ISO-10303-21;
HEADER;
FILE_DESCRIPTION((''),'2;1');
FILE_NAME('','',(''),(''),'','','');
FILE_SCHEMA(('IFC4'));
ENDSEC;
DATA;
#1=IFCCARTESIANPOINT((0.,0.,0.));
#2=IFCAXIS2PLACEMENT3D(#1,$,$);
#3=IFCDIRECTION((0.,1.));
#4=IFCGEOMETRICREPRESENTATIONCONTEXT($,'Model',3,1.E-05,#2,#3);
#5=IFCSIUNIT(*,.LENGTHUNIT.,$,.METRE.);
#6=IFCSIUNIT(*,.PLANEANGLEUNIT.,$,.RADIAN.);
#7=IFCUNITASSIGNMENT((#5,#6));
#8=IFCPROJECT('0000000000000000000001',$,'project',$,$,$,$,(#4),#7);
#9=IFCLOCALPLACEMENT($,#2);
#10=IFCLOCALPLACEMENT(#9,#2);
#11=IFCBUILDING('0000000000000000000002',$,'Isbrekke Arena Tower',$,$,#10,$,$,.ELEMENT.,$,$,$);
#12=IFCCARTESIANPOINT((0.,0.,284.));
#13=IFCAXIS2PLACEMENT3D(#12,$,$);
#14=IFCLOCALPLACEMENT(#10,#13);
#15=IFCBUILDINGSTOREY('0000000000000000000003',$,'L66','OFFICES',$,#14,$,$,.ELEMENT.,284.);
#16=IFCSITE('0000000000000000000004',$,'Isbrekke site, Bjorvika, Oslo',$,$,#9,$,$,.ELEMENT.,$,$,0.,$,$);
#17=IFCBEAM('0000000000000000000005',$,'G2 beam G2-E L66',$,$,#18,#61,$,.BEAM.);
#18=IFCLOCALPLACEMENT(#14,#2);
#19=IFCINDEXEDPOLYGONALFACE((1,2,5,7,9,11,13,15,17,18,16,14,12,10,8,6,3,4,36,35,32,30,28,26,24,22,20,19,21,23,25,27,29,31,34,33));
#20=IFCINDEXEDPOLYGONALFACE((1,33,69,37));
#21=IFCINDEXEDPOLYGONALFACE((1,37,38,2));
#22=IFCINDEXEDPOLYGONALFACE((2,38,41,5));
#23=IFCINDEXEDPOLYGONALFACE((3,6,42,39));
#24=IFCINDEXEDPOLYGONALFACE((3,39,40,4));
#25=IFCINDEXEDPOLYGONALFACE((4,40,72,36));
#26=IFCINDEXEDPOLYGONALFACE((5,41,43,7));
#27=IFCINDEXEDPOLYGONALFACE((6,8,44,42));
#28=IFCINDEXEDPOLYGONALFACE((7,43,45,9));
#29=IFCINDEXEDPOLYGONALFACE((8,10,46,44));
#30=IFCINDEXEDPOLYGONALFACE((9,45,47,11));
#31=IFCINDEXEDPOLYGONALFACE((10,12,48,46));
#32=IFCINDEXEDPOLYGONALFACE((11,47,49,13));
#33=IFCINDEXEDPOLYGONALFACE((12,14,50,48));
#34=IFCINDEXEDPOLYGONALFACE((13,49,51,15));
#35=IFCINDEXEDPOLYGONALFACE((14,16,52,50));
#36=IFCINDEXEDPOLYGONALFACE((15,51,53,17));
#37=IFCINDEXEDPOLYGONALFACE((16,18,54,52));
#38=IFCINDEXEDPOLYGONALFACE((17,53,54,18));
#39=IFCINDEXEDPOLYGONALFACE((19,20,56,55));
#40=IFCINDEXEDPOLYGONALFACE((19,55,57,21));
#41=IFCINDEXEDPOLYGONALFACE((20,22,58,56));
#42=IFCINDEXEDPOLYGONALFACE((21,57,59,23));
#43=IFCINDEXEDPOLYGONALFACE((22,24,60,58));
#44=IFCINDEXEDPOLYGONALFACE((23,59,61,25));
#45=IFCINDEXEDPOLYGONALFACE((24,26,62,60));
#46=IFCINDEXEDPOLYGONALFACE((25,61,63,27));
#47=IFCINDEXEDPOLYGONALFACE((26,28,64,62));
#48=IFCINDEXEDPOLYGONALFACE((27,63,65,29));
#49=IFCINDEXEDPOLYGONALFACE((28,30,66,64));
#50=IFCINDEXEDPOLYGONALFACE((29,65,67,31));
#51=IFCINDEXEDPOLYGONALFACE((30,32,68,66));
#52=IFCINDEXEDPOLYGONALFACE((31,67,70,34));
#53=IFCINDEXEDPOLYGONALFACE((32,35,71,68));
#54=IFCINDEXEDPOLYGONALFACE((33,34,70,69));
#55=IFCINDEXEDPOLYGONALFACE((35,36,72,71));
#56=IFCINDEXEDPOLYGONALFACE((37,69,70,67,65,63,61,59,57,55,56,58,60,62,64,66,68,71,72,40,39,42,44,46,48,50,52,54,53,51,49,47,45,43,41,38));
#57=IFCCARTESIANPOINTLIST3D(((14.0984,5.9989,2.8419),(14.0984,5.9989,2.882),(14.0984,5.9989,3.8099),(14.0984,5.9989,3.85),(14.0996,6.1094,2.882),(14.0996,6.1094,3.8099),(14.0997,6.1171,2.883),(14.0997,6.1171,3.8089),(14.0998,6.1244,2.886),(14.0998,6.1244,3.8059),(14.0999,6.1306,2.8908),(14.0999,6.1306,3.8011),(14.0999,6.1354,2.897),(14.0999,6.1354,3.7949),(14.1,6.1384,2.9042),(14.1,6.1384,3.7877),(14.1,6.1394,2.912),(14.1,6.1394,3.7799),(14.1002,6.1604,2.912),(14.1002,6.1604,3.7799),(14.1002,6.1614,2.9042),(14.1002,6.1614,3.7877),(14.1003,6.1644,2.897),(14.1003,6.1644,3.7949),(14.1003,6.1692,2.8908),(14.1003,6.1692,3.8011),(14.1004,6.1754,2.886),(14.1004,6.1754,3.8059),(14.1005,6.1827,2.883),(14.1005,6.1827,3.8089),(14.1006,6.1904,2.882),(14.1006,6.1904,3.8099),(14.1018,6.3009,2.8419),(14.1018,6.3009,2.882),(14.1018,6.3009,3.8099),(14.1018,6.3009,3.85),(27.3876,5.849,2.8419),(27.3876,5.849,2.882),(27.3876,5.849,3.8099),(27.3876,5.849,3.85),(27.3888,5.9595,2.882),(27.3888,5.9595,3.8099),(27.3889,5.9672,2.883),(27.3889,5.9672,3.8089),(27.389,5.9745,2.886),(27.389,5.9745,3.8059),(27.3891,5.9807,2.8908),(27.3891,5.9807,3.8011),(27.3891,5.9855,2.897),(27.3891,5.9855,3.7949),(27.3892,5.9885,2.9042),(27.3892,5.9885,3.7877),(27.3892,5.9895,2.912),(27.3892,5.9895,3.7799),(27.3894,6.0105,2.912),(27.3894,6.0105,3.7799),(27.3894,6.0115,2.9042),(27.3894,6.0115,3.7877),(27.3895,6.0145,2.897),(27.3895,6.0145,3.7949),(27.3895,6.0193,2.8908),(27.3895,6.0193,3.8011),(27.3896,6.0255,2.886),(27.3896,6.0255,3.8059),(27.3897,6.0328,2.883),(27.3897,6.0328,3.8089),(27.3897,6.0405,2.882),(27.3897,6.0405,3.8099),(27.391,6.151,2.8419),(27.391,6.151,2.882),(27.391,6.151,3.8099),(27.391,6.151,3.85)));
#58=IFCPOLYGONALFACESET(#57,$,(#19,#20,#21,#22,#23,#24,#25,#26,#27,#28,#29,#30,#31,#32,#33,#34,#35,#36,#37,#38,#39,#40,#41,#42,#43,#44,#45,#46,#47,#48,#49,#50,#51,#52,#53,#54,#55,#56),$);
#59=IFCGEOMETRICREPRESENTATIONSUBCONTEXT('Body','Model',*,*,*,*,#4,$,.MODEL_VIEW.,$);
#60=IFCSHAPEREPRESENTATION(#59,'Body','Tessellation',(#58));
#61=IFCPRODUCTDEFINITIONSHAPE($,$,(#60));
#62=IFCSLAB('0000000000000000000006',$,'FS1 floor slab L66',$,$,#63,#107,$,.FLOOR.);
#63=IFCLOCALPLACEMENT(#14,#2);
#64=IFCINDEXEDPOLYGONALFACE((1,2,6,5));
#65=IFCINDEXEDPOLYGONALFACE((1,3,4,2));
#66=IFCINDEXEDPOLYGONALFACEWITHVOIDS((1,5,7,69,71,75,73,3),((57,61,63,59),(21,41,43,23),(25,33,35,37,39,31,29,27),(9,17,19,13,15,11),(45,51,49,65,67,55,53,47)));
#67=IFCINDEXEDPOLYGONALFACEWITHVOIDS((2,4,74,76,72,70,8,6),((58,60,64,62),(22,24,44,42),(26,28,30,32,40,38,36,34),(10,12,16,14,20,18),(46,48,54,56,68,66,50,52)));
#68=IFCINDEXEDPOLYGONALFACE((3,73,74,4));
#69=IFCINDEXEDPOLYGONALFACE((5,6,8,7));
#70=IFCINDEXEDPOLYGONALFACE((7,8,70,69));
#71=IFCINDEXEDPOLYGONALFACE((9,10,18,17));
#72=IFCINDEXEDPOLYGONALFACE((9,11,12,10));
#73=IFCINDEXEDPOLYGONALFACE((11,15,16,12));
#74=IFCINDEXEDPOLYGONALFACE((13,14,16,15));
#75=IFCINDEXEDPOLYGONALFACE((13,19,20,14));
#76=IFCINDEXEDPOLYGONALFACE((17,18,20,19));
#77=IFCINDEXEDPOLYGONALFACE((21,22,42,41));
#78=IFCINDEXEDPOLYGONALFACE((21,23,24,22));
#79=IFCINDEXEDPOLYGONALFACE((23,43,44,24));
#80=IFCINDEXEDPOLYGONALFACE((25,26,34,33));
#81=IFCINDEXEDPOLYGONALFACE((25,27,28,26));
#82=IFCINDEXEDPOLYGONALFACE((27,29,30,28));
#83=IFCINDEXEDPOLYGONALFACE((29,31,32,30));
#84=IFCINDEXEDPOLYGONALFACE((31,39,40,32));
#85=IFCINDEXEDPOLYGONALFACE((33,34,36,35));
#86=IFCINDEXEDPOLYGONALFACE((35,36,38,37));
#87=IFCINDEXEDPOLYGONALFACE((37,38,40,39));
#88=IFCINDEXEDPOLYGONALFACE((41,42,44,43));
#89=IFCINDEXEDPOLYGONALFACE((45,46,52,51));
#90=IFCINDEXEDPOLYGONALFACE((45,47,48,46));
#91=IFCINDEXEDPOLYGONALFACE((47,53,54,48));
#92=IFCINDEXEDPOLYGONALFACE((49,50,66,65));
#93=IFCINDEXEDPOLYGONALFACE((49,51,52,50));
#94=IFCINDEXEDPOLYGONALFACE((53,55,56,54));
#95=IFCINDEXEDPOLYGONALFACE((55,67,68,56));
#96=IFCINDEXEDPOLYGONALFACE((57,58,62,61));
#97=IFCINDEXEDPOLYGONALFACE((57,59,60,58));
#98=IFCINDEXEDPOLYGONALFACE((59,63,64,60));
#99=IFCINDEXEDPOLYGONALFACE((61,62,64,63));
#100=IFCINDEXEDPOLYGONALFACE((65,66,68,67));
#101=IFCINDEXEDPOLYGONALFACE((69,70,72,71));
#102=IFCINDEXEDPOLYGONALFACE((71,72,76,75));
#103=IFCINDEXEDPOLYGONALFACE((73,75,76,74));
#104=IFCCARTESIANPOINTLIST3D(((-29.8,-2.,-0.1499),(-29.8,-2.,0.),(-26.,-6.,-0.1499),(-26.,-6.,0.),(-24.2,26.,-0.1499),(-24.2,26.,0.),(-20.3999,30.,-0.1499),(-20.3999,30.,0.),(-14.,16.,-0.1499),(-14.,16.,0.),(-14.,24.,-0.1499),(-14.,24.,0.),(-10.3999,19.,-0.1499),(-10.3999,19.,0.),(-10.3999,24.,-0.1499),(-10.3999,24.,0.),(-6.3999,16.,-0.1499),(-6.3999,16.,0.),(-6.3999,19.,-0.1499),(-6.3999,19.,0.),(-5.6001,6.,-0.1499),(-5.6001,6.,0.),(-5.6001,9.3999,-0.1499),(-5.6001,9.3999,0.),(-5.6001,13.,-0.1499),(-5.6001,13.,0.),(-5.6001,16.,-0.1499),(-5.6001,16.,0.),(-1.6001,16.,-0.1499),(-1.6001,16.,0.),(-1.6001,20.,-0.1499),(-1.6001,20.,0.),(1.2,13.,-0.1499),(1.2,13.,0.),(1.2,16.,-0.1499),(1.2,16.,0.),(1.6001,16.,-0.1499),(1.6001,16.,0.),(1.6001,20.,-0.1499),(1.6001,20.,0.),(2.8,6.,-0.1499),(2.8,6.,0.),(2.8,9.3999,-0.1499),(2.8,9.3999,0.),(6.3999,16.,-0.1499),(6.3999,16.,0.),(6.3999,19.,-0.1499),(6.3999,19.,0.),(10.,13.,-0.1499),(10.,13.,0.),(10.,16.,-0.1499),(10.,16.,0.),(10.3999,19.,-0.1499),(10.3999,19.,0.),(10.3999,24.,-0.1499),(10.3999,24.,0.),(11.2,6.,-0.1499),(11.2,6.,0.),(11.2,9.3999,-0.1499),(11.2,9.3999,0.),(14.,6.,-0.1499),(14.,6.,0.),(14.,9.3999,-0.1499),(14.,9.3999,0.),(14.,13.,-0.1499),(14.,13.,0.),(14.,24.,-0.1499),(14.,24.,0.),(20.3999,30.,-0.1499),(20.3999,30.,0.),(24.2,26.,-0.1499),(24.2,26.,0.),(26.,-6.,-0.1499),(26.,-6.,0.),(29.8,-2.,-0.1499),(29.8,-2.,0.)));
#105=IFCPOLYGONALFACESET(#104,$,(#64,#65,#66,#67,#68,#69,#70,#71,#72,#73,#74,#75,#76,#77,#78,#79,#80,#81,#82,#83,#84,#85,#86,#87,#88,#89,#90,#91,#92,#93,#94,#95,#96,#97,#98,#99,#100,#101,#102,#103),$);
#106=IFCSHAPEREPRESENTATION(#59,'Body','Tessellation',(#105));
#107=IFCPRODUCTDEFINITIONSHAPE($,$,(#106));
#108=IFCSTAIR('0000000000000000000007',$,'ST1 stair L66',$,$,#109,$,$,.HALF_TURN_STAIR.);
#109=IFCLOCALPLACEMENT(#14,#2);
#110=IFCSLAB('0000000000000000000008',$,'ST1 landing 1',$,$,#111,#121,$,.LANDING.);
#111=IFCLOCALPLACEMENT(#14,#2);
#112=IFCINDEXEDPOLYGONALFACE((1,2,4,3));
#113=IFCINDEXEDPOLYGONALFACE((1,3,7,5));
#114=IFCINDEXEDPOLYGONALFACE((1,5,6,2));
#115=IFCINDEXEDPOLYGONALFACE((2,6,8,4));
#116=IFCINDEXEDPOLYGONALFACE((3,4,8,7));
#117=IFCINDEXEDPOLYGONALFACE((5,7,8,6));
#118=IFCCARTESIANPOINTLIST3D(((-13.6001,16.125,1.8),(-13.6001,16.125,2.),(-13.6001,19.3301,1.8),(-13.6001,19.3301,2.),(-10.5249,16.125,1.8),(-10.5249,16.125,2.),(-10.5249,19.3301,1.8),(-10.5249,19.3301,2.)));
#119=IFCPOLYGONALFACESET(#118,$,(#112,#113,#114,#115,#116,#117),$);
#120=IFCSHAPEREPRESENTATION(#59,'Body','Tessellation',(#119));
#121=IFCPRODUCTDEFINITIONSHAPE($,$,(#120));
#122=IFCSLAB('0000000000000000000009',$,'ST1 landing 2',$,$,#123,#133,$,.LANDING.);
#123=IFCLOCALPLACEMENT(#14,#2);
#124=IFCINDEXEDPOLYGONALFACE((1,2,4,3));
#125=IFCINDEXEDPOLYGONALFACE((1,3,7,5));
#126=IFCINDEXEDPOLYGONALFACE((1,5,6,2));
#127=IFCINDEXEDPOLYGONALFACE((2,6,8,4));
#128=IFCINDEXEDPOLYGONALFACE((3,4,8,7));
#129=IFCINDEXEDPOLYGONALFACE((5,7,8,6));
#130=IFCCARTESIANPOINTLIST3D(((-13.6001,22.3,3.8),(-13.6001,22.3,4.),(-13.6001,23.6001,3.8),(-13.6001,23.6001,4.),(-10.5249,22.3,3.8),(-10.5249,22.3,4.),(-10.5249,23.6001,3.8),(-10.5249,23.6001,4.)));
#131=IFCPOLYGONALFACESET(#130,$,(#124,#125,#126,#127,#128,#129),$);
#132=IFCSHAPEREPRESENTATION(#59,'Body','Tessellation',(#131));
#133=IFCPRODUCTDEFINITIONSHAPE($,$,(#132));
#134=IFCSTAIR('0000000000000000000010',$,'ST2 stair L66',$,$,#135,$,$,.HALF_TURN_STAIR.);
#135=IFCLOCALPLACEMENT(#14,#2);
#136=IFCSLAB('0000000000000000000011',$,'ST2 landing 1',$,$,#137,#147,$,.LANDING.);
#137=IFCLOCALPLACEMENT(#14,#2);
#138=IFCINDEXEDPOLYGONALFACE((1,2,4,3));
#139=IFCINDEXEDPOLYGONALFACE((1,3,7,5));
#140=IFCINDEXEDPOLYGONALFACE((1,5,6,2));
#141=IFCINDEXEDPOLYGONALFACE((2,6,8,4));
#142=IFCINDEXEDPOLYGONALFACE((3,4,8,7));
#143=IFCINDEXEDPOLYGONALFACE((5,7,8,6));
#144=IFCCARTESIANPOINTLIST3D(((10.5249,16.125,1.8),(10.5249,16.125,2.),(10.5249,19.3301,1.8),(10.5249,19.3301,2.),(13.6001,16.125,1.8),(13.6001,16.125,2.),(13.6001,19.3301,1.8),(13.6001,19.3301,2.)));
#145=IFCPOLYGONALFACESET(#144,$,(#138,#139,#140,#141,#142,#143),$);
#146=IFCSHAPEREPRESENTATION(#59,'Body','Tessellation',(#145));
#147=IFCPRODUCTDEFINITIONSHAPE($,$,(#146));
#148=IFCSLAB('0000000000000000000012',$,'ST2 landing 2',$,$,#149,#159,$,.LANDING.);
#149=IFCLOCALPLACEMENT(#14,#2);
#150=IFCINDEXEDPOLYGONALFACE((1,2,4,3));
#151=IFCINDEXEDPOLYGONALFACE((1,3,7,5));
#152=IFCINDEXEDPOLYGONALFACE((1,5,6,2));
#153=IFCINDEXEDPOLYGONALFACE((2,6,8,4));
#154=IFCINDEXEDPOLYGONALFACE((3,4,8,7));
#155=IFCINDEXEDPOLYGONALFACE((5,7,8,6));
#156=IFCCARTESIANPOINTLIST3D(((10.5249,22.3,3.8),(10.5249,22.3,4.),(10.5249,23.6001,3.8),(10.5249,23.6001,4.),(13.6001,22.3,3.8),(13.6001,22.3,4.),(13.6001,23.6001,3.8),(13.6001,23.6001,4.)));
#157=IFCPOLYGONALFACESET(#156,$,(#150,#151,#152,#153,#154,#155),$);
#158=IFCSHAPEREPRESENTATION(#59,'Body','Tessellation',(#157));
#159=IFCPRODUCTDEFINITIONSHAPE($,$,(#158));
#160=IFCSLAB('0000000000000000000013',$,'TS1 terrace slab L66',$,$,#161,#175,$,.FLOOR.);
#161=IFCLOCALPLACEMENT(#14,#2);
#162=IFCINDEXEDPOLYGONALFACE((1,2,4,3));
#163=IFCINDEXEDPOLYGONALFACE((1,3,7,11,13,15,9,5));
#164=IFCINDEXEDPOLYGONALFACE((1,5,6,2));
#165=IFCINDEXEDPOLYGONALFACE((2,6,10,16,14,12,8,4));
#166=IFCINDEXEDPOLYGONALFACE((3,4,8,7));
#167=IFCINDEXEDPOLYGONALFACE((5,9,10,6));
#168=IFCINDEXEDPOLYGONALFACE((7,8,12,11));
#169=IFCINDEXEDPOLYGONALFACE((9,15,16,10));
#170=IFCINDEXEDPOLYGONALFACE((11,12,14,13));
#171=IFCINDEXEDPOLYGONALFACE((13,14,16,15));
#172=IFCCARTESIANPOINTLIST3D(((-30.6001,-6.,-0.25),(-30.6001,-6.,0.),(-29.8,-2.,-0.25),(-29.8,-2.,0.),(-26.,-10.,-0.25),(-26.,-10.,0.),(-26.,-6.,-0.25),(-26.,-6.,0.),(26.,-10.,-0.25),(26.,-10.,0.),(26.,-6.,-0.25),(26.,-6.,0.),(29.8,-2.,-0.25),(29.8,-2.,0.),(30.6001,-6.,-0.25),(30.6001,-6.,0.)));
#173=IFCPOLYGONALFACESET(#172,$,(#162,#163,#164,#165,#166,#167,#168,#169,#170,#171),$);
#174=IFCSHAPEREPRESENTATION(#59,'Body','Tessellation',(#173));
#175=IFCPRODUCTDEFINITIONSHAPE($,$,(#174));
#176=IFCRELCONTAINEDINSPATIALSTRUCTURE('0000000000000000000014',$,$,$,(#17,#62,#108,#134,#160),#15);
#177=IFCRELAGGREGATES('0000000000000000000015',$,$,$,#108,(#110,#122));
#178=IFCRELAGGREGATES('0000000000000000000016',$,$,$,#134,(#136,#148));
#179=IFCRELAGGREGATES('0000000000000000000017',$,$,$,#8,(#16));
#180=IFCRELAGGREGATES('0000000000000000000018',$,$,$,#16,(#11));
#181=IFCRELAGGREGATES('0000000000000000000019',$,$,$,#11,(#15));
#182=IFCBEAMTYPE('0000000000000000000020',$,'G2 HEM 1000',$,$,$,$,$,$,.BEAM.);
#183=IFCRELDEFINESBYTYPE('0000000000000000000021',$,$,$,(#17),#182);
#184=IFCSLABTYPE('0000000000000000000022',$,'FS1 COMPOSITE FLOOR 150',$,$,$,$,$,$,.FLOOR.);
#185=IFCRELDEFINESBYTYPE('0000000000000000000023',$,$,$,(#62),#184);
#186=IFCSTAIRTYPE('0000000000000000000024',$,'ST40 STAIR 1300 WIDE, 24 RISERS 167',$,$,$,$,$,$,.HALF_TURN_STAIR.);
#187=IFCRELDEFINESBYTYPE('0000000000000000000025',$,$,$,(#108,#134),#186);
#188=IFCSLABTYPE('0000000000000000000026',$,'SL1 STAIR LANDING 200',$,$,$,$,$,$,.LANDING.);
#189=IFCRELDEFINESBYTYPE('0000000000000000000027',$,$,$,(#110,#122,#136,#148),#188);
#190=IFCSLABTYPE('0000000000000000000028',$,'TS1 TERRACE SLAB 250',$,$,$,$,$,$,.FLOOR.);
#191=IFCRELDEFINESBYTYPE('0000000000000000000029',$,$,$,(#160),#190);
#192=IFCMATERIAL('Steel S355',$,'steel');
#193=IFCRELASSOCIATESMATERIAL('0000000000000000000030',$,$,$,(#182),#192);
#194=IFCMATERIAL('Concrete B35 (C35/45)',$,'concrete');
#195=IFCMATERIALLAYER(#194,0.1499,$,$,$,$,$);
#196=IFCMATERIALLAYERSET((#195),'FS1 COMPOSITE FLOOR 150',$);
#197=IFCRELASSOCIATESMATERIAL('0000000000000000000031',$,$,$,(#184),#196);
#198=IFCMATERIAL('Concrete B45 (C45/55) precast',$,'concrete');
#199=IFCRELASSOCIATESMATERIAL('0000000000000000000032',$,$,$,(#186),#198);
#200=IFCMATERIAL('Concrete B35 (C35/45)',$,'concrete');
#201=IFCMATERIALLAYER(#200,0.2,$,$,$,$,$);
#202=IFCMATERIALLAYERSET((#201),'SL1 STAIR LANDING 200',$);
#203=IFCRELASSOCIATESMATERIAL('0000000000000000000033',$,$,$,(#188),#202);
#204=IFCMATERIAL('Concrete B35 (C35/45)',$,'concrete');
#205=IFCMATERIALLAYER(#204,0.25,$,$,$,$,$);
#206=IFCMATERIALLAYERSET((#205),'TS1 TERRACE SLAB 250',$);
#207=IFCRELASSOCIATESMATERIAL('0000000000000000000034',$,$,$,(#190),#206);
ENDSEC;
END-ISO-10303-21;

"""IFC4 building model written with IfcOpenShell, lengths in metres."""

from ifc_helpers import new_model, si_unit, direction, frame, origin, origin_2d, place, context, subcontext, project, spatial, polyline, i_section, outline, extrude, material, layer, layer_set, material_profile, profile_set, type_object, element, aggregate, save


model = new_model("IFC4")

# Units and contexts
model_context = context("Model", 3, precision=1e-05, world=origin(), true_north=direction((0.0, 1.0)))
body_context = subcontext(model_context, "Body", "Model", "MODEL_VIEW")
ifc_project = project(units=[si_unit("LENGTHUNIT", "METRE"), si_unit("PLANEANGLEUNIT", "RADIAN")], contexts=[model_context])

# Site, building, storey
site_placement = place(None, origin())
site = spatial("IfcSite", under=ifc_project, at=site_placement, Name="Isbrekke site, Bjorvika, Oslo", CompositionType="ELEMENT", RefElevation=0.0)
building_placement = place(site_placement, origin())
building = spatial("IfcBuilding", under=site, at=building_placement, Name="Isbrekke Arena Tower", CompositionType="ELEMENT")
storey_placement = place(building_placement, frame((0.0, 0.0, 284.0)))
storey = spatial("IfcBuildingStorey", under=building, at=storey_placement, Name="L66", Description="OFFICES", CompositionType="ELEMENT", Elevation=284.0)

# Beam
ifc_material_1 = material(Name="Steel S355", Category="steel")
ifc_material_profile = material_profile(ifc_material_1, i_section(OverallWidth=0.302, OverallDepth=1.0081, WebThickness=0.021, FlangeThickness=0.04, FilletRadius=0.03, at=origin_2d()), Name="HEM 1000")
ifc_profile_set = profile_set([ifc_material_profile], Name="Steel S355")
beam_type = type_object("IfcBeamType", Name="G2 HEM 1000", PredefinedType="BEAM", material=ifc_profile_set)
beam_placement = place(storey_placement, frame((14.1001, 6.1499, 3.3459), z_axis=(0.999936, -0.011279, 0.0), x_axis=(0.011279, 0.999936, 0.0)))
element("IfcBeam", 1, at=beam_placement, inside=storey, type_object=beam_type, Name="G2 beam G2-E L66", PredefinedType="BEAM", context=body_context, shape_type="SweptSolid", body=[
    extrude(i_section(OverallWidth=0.302, OverallDepth=1.0081, WebThickness=0.021, FlangeThickness=0.04, FilletRadius=0.03, at=origin_2d()), origin(), (0.0, 0.0, 1.0), 13.29),
])

# Slab
ifc_material_2 = material(Name="Concrete B35 (C35/45)", Category="concrete")
ifc_layer_1 = layer(ifc_material_2, 0.1499)
ifc_layer_set_1 = layer_set([ifc_layer_1], Name="FS1 COMPOSITE FLOOR 150")
slab_type_1 = type_object("IfcSlabType", Name="FS1 COMPOSITE FLOOR 150", PredefinedType="FLOOR", material=ifc_layer_set_1)
slab_1_placement = place(storey_placement, frame((0.0, 0.0, -0.1499)))
element("IfcSlab", 2, at=slab_1_placement, inside=storey, type_object=slab_type_1, Name="FS1 floor slab L66", PredefinedType="FLOOR", context=body_context, shape_type="SweptSolid", body=[
    extrude(outline(polyline([(-26.0, -6.0), (26.0, -6.0), (29.8, -2.0), (24.2, 26.0), (20.3999, 30.0), (-20.3999, 30.0), (-24.2, 26.0), (-29.8, -2.0), (-26.0, -6.0)]), holes=[polyline([(2.8, 9.3999), (2.8, 6.0), (-5.6001, 6.0), (-5.6001, 9.3999), (2.8, 9.3999)]), polyline([(11.2, 6.0), (11.2, 9.3999), (14.0, 9.3999), (14.0, 6.0), (11.2, 6.0)]), polyline([(-5.6001, 13.0), (-5.6001, 16.0), (-1.6001, 16.0), (-1.6001, 20.0), (1.6001, 20.0), (1.6001, 16.0), (1.2, 16.0), (1.2, 13.0), (-5.6001, 13.0)]), polyline([(14.0, 13.0), (10.0, 13.0), (10.0, 16.0), (6.3999, 16.0), (6.3999, 19.0), (10.3999, 19.0), (10.3999, 24.0), (14.0, 24.0), (14.0, 13.0)]), polyline([(-6.3999, 19.0), (-6.3999, 16.0), (-14.0, 16.0), (-14.0, 24.0), (-10.3999, 24.0), (-10.3999, 19.0), (-6.3999, 19.0)])]), origin(), (0.0, 0.0, 1.0), 0.1499),
])

# Stairs, slabs
ifc_material_3 = material(Name="Concrete B45 (C45/55) precast", Category="concrete")
stair_type = type_object("IfcStairType", Name="ST40 STAIR 1300 WIDE, 24 RISERS 167", PredefinedType="HALF_TURN_STAIR", material=ifc_material_3)
stair_1_placement = place(storey_placement, origin())
stair_1 = element("IfcStair", 3, at=stair_1_placement, inside=storey, type_object=stair_type, Name="ST1 stair L66", PredefinedType="HALF_TURN_STAIR")
ifc_material_4 = material(Name="Concrete B35 (C35/45)", Category="concrete")
ifc_layer_2 = layer(ifc_material_4, 0.2)
ifc_layer_set_2 = layer_set([ifc_layer_2], Name="SL1 STAIR LANDING 200")
slab_type_2 = type_object("IfcSlabType", Name="SL1 STAIR LANDING 200", PredefinedType="LANDING", material=ifc_layer_set_2)
slab_2_placement = place(storey_placement, frame((0.0, 0.0, 1.8)))
slab_2 = element("IfcSlab", 4, at=slab_2_placement, type_object=slab_type_2, Name="ST1 landing 1", PredefinedType="LANDING", context=body_context, shape_type="SweptSolid", body=[
    extrude(outline(polyline([(-13.6001, 16.125), (-10.5249, 16.125), (-10.5249, 19.3301), (-13.6001, 19.3301), (-13.6001, 16.125)])), origin(), (0.0, 0.0, 1.0), 0.2),
])
slab_3_placement = place(storey_placement, frame((0.0, 0.0, 3.8)))
slab_3 = element("IfcSlab", 5, at=slab_3_placement, type_object=slab_type_2, Name="ST1 landing 2", PredefinedType="LANDING", context=body_context, shape_type="SweptSolid", body=[
    extrude(outline(polyline([(-13.6001, 22.3), (-10.5249, 22.3), (-10.5249, 23.6001), (-13.6001, 23.6001), (-13.6001, 22.3)])), origin(), (0.0, 0.0, 1.0), 0.2),
])
aggregate(stair_1, [slab_2, slab_3])
stair_2_placement = place(storey_placement, origin())
stair_2 = element("IfcStair", 6, at=stair_2_placement, inside=storey, type_object=stair_type, Name="ST2 stair L66", PredefinedType="HALF_TURN_STAIR")
slab_4_placement = place(storey_placement, frame((0.0, 0.0, 1.8)))
slab_4 = element("IfcSlab", 7, at=slab_4_placement, type_object=slab_type_2, Name="ST2 landing 1", PredefinedType="LANDING", context=body_context, shape_type="SweptSolid", body=[
    extrude(outline(polyline([(10.5249, 16.125), (13.6001, 16.125), (13.6001, 19.3301), (10.5249, 19.3301), (10.5249, 16.125)])), origin(), (0.0, 0.0, 1.0), 0.2),
])
slab_5_placement = place(storey_placement, frame((0.0, 0.0, 3.8)))
slab_5 = element("IfcSlab", 8, at=slab_5_placement, type_object=slab_type_2, Name="ST2 landing 2", PredefinedType="LANDING", context=body_context, shape_type="SweptSolid", body=[
    extrude(outline(polyline([(10.5249, 22.3), (13.6001, 22.3), (13.6001, 23.6001), (10.5249, 23.6001), (10.5249, 22.3)])), origin(), (0.0, 0.0, 1.0), 0.2),
])
aggregate(stair_2, [slab_4, slab_5])

# Slab
ifc_material_5 = material(Name="Concrete B35 (C35/45)", Category="concrete")
ifc_layer_3 = layer(ifc_material_5, 0.25)
ifc_layer_set_3 = layer_set([ifc_layer_3], Name="TS1 TERRACE SLAB 250")
slab_type_3 = type_object("IfcSlabType", Name="TS1 TERRACE SLAB 250", PredefinedType="FLOOR", material=ifc_layer_set_3)
slab_6_placement = place(storey_placement, frame((0.0, 0.0, -0.25)))
element("IfcSlab", 9, at=slab_6_placement, inside=storey, type_object=slab_type_3, Name="TS1 terrace slab L66", PredefinedType="FLOOR", context=body_context, shape_type="SweptSolid", body=[
    extrude(outline(polyline([(-26.0, -10.0), (26.0, -10.0), (30.6001, -6.0), (29.8, -2.0), (26.0, -6.0), (-26.0, -6.0), (-29.8, -2.0), (-30.6001, -6.0), (-26.0, -10.0)])), origin(), (0.0, 0.0, 1.0), 0.25),
])

save(model, "model.ifc")
